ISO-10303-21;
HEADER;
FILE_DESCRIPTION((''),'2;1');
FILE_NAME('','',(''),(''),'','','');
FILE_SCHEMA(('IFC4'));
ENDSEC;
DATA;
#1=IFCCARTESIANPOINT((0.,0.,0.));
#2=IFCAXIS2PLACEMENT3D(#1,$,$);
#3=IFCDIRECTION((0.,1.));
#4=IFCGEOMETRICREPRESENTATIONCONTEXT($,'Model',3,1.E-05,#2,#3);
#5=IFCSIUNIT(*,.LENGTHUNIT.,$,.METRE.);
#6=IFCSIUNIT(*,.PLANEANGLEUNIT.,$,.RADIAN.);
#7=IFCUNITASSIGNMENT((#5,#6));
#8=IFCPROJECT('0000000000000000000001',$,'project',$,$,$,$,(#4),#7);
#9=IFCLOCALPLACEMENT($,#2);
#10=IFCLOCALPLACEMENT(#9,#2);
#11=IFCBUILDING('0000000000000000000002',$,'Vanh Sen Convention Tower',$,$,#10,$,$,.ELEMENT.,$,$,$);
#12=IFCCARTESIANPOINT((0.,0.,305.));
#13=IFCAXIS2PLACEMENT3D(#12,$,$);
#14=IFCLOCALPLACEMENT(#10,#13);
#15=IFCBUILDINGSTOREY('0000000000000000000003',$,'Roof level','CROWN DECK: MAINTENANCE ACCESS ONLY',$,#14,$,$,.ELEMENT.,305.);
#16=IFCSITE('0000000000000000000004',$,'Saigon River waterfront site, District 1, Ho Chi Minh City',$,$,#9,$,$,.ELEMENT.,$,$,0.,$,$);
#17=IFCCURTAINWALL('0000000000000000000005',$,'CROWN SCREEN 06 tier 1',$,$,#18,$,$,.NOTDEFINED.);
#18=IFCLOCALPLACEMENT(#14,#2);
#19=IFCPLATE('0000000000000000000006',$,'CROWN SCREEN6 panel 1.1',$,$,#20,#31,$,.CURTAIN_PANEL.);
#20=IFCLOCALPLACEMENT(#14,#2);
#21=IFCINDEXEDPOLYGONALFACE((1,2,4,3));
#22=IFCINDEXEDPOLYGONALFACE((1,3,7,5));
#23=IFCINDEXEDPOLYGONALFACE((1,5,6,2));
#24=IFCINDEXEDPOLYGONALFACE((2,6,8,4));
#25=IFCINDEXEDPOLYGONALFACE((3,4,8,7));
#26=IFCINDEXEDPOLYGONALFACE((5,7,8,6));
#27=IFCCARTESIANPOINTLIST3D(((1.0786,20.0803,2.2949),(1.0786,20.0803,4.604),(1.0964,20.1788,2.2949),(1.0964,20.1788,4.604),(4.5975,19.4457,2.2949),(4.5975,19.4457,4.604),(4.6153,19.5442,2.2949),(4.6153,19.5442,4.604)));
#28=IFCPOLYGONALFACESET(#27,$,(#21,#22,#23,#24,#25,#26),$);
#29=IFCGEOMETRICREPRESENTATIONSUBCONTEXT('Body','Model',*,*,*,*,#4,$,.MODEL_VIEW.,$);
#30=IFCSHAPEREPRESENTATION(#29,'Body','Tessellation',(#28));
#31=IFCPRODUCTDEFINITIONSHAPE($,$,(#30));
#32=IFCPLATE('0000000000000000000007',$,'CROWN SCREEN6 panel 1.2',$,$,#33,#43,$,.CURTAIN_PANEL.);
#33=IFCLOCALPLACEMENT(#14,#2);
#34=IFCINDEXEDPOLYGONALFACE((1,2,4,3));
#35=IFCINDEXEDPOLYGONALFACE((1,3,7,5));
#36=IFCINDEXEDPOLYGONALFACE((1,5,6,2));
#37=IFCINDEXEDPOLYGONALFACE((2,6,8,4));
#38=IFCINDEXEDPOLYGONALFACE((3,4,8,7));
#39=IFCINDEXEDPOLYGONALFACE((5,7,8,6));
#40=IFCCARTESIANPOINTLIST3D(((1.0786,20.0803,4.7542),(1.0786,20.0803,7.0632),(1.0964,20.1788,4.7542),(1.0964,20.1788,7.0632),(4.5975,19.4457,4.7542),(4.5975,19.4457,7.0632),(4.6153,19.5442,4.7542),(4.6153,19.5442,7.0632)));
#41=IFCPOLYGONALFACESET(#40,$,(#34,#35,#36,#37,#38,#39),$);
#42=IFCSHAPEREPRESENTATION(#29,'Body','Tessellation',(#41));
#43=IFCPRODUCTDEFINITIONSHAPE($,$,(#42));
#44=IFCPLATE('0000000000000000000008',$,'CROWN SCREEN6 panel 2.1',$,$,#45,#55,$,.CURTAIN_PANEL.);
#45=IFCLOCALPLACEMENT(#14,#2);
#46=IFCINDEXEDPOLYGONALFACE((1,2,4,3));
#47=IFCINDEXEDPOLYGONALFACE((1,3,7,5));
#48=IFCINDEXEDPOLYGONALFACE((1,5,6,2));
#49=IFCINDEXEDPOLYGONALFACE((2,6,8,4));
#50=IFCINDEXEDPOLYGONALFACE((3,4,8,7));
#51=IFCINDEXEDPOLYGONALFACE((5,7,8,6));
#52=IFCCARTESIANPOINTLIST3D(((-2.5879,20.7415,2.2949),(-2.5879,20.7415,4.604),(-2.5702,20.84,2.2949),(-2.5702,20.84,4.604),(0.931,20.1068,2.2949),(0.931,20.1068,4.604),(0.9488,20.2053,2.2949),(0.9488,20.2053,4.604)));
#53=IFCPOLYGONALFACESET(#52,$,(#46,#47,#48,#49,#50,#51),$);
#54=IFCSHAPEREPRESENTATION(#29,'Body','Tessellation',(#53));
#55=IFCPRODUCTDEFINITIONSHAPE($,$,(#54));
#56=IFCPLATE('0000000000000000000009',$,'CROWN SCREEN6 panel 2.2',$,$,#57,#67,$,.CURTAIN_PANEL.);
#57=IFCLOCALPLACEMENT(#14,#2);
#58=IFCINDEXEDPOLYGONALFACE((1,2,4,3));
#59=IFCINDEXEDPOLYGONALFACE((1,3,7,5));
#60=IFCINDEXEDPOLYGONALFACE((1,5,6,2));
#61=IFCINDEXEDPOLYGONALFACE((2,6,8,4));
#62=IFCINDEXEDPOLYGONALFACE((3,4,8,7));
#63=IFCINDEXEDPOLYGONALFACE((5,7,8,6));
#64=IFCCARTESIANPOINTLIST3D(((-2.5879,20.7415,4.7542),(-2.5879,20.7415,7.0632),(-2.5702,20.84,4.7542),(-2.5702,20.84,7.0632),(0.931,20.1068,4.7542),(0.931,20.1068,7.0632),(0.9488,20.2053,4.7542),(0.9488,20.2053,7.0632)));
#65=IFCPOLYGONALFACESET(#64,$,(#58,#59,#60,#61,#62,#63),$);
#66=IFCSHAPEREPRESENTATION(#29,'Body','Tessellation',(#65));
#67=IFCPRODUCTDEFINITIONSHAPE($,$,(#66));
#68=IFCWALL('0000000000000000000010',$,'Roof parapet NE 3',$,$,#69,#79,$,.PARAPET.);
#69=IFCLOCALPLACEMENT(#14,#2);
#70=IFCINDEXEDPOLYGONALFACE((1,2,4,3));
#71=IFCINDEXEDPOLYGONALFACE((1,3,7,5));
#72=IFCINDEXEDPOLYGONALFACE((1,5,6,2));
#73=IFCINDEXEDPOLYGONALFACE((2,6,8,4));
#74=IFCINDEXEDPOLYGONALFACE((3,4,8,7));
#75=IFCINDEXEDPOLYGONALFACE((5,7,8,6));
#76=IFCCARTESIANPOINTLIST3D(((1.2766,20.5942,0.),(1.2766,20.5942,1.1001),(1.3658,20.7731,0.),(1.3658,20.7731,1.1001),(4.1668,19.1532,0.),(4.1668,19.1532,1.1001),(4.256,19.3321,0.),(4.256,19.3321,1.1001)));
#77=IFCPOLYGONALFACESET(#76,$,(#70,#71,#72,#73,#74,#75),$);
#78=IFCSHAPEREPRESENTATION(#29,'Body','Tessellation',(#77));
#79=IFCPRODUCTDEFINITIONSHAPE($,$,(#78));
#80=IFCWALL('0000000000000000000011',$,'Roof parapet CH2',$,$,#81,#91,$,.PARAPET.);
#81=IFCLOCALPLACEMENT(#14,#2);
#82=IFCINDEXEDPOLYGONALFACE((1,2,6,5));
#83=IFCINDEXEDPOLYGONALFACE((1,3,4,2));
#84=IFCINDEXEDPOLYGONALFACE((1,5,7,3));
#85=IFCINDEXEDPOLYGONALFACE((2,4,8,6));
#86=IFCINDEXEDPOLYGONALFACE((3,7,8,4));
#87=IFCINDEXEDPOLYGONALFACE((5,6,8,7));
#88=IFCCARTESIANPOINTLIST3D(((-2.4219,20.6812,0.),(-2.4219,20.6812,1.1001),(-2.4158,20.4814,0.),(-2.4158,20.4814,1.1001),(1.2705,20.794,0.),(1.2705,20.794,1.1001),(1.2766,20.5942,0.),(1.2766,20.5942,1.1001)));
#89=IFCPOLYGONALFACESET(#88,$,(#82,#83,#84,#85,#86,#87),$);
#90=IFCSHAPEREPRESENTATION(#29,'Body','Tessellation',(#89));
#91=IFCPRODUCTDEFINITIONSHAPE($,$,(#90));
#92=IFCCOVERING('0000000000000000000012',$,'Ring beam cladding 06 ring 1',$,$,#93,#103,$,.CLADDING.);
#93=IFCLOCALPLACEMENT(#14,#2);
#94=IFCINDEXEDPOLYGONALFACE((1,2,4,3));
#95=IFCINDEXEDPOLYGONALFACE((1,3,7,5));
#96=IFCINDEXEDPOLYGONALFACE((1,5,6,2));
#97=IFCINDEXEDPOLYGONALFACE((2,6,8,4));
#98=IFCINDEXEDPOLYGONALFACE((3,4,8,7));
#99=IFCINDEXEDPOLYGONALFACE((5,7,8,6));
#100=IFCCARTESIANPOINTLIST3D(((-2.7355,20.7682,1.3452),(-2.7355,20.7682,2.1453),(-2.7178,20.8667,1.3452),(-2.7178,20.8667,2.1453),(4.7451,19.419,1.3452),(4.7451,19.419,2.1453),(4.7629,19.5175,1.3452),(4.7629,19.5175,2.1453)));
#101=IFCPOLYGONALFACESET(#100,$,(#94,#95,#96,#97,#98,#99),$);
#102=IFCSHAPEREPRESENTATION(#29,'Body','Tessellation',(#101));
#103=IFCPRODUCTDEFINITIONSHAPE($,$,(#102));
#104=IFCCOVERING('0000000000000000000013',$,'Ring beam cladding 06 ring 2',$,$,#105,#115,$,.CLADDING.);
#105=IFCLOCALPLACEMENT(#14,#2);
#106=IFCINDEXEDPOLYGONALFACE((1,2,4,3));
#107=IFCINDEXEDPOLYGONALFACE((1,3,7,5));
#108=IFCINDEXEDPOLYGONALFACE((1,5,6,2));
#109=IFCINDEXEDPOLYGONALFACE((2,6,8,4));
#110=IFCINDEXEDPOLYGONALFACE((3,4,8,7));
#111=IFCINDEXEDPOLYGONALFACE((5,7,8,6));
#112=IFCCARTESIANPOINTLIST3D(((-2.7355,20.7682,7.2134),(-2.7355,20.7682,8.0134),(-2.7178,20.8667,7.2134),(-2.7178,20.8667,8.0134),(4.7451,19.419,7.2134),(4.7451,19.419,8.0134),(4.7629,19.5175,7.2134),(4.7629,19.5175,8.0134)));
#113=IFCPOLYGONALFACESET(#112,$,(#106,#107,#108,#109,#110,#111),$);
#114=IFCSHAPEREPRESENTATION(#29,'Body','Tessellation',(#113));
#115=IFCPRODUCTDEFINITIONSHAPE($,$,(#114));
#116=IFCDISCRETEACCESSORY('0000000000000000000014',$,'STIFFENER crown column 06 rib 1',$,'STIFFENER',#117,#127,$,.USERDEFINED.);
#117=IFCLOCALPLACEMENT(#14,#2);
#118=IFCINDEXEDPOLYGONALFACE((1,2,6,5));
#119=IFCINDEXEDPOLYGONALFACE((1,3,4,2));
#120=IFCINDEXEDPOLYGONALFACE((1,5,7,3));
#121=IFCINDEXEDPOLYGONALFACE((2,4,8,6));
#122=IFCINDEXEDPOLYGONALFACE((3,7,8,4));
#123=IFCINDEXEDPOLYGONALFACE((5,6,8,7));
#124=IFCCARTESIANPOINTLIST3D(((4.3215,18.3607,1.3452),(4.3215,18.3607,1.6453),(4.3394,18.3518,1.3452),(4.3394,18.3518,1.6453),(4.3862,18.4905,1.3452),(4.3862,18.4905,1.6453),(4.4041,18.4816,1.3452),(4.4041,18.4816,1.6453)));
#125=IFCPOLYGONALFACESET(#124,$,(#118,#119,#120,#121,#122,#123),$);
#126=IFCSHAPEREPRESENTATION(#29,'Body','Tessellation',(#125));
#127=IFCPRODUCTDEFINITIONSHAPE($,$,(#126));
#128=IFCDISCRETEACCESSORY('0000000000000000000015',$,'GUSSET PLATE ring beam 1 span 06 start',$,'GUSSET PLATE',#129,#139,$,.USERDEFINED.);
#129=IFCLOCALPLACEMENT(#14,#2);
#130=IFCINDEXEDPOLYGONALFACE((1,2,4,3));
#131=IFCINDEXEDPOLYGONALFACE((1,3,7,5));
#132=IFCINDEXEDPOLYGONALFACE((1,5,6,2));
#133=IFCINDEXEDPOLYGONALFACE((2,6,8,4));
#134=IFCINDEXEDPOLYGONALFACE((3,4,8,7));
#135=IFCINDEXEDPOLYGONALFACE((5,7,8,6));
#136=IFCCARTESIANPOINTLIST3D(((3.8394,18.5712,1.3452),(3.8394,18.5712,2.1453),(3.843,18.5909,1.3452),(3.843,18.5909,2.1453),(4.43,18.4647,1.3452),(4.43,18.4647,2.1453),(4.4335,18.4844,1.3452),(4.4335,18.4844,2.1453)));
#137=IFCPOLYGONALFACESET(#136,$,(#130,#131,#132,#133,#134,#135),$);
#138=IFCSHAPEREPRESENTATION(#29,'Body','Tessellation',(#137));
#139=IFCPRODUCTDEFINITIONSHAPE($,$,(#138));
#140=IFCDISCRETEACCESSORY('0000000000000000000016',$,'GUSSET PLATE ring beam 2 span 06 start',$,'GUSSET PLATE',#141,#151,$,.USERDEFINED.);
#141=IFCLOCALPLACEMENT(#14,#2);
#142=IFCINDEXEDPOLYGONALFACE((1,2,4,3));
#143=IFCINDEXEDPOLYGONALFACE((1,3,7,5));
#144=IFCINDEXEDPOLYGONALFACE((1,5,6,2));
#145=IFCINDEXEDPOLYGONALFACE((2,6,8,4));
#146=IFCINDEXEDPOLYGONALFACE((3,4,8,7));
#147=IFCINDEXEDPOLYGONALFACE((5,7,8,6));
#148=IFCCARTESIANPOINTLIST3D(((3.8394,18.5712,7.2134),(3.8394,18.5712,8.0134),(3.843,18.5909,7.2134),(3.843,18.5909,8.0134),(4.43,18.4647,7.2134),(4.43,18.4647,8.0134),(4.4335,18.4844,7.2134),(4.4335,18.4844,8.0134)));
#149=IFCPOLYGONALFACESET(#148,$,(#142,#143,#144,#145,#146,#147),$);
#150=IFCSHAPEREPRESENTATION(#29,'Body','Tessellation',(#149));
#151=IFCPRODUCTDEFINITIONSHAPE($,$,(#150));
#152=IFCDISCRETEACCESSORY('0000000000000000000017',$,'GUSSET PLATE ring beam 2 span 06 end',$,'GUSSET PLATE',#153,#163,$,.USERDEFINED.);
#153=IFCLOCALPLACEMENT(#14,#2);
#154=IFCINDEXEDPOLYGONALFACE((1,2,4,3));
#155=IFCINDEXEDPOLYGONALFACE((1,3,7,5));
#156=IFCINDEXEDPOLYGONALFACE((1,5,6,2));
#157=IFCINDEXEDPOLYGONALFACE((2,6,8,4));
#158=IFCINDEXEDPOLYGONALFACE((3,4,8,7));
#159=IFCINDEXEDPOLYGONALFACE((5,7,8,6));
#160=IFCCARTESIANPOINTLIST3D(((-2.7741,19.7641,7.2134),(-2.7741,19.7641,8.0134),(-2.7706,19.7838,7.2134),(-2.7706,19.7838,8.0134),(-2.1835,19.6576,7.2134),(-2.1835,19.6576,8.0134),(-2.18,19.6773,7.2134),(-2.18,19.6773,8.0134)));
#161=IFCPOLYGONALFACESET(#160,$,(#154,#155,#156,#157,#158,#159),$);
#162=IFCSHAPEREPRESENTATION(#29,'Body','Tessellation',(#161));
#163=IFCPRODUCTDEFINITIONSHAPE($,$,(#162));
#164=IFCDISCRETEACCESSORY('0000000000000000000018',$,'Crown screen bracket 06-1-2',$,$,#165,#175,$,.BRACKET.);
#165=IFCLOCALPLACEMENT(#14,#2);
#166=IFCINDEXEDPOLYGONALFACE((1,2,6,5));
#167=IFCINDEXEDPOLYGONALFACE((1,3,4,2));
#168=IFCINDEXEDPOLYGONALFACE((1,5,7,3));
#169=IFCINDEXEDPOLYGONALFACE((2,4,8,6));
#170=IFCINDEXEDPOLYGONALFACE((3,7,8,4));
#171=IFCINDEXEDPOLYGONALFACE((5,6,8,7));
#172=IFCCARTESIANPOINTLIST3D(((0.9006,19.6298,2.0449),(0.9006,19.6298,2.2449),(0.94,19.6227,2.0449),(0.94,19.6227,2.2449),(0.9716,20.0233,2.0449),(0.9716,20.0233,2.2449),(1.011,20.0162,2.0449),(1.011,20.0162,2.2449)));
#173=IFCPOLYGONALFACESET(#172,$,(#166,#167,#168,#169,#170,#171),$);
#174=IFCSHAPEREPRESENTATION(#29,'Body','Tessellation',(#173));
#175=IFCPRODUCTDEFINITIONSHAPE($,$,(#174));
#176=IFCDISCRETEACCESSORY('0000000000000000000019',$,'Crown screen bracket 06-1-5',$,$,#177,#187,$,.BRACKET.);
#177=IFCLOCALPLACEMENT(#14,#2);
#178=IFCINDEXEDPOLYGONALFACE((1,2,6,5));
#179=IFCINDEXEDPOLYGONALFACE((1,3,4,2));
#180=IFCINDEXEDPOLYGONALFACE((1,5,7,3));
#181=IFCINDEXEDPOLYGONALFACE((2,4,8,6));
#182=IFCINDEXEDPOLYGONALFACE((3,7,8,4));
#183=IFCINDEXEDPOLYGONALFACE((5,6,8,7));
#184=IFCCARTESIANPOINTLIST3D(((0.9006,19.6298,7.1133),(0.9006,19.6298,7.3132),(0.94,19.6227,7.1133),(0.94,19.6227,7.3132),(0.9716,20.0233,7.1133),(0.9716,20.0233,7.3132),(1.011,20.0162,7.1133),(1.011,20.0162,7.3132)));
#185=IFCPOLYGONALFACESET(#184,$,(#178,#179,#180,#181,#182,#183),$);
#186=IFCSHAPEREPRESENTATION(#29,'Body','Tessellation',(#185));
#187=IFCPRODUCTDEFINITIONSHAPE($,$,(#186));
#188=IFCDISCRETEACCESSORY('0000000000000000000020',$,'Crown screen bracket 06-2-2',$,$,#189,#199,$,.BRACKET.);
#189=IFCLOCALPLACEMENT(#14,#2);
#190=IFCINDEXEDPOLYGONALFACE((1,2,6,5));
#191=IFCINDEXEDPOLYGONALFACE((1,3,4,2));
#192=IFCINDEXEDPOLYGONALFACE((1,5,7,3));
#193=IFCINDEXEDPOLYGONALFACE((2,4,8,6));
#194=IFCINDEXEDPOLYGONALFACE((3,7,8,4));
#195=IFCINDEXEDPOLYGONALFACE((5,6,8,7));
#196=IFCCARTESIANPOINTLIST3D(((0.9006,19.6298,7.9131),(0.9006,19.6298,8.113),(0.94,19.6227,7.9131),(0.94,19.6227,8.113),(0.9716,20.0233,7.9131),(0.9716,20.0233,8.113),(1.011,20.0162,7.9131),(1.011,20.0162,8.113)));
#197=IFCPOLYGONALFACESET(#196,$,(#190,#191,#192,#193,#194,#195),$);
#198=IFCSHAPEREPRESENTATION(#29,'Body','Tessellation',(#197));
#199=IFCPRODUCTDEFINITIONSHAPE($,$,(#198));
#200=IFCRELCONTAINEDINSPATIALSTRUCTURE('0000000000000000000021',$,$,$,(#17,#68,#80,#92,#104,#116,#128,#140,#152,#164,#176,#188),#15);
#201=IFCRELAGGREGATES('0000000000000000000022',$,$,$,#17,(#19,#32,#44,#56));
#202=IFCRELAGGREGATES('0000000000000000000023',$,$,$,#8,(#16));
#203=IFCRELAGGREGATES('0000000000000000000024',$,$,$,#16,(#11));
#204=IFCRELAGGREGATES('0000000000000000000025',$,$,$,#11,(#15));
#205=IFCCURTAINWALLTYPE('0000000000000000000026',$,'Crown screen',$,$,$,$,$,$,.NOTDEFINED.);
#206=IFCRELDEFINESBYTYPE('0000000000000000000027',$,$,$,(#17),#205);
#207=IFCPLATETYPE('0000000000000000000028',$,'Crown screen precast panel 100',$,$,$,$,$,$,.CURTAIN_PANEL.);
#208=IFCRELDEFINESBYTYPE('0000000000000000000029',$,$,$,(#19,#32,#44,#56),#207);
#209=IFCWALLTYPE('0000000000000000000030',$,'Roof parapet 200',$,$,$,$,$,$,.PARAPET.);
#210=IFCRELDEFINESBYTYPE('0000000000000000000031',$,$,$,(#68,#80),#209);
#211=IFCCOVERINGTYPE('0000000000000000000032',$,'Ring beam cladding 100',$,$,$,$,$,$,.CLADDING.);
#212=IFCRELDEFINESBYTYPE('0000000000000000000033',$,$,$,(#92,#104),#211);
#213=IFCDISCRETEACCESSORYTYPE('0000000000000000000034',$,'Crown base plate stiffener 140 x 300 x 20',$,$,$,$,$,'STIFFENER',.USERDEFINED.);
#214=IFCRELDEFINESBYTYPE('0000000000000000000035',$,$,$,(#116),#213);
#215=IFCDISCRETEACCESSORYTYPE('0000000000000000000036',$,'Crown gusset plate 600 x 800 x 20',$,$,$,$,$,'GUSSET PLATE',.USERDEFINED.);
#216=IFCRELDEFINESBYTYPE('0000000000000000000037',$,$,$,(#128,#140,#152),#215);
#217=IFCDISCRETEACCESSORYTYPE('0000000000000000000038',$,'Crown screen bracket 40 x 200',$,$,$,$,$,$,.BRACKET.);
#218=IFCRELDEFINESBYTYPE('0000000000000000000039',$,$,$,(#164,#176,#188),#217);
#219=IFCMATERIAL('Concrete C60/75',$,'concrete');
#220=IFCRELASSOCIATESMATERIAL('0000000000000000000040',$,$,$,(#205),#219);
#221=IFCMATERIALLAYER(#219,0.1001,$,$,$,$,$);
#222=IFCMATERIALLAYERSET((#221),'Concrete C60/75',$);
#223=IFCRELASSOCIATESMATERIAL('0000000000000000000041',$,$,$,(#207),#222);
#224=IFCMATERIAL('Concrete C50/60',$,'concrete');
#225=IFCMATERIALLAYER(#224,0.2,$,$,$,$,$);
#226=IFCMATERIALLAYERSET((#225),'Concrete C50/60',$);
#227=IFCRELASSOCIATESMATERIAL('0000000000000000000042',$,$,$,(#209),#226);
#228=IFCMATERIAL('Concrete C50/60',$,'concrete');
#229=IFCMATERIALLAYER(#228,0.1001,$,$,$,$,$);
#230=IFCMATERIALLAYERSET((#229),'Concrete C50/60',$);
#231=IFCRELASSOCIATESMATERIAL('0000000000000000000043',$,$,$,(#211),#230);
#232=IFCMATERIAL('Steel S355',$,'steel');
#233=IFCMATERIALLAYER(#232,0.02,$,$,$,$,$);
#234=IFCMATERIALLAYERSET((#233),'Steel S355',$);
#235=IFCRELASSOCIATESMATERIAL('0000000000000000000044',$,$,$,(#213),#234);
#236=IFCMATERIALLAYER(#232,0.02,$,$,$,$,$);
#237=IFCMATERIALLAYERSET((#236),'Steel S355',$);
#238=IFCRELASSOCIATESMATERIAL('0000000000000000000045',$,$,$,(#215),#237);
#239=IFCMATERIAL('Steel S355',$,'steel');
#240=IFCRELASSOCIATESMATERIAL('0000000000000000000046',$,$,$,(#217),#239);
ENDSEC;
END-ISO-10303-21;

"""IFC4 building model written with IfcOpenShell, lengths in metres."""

from ifc_helpers import new_model, si_unit, direction, frame, frame_2d, origin, origin_2d, place, context, subcontext, project, spatial, rectangle, extrude, material, layer, layer_set, type_object, element, aggregate, save


model = new_model("IFC4")

# Units and contexts
model_context = context("Model", 3, precision=1e-05, world=origin(), true_north=direction((0.0, 1.0)))
body_context = subcontext(model_context, "Body", "Model", "MODEL_VIEW")
ifc_project = project(units=[si_unit("LENGTHUNIT", "METRE"), si_unit("PLANEANGLEUNIT", "RADIAN")], contexts=[model_context])

# Site, building, storey
site_placement = place(None, origin())
site = spatial("IfcSite", under=ifc_project, at=site_placement, Name="Saigon River waterfront site, District 1, Ho Chi Minh City", CompositionType="ELEMENT", RefElevation=0.0)
building_placement = place(site_placement, origin())
building = spatial("IfcBuilding", under=site, at=building_placement, Name="Vanh Sen Convention Tower", CompositionType="ELEMENT")
storey_placement = place(building_placement, frame((0.0, 0.0, 305.0)))
storey = spatial("IfcBuildingStorey", under=building, at=storey_placement, Name="Roof level", Description="CROWN DECK: MAINTENANCE ACCESS ONLY", CompositionType="ELEMENT", Elevation=305.0)

# Curtain wall
ifc_material_1 = material(Name="Concrete C60/75", Category="concrete")
curtain_wall_type = type_object("IfcCurtainWallType", Name="Crown screen", PredefinedType="NOTDEFINED", material=ifc_material_1)
curtain_wall_1_placement = place(storey_placement, origin())
curtain_wall_1 = element("IfcCurtainWall", 1, at=curtain_wall_1_placement, inside=storey, type_object=curtain_wall_type, Name="CROWN SCREEN 06 tier 1", PredefinedType="NOTDEFINED")

# Plates
ifc_layer_1 = layer(ifc_material_1, 0.1001)
ifc_layer_set_1 = layer_set([ifc_layer_1], Name="Concrete C60/75")
plate_type = type_object("IfcPlateType", Name="Crown screen precast panel 100", PredefinedType="CURTAIN_PANEL", material=ifc_layer_set_1)
plate_1_placement = place(storey_placement, frame((2.8469, 19.8123, 2.2949), z_axis=(0.0, 0.0, 1.0), x_axis=(-0.984122, 0.177496, 0.0)))
plate_1 = element("IfcPlate", 2, at=plate_1_placement, type_object=plate_type, Name="CROWN SCREEN6 panel 1.1", PredefinedType="CURTAIN_PANEL", context=body_context, shape_type="SweptSolid", body=[
    extrude(rectangle(XDim=3.5757, YDim=0.1001, at=origin_2d()), origin(), (0.0, 0.0, 1.0), 2.3091),
])
plate_2_placement = place(storey_placement, frame((2.8469, 19.8123, 4.7542), z_axis=(0.0, 0.0, 1.0), x_axis=(-0.984122, 0.177496, 0.0)))
plate_2 = element("IfcPlate", 3, at=plate_2_placement, type_object=plate_type, Name="CROWN SCREEN6 panel 1.2", PredefinedType="CURTAIN_PANEL", context=body_context, shape_type="SweptSolid", body=[
    extrude(rectangle(XDim=3.5757, YDim=0.1001, at=origin_2d()), origin(), (0.0, 0.0, 1.0), 2.3091),
])
plate_3_placement = place(storey_placement, frame((-0.8196, 20.4734, 2.2949), z_axis=(0.0, 0.0, 1.0), x_axis=(-0.984122, 0.177496, 0.0)))
plate_3 = element("IfcPlate", 4, at=plate_3_placement, type_object=plate_type, Name="CROWN SCREEN6 panel 2.1", PredefinedType="CURTAIN_PANEL", context=body_context, shape_type="SweptSolid", body=[
    extrude(rectangle(XDim=3.5757, YDim=0.1001, at=origin_2d()), origin(), (0.0, 0.0, 1.0), 2.3091),
])
plate_4_placement = place(storey_placement, frame((-0.8196, 20.4734, 4.7542), z_axis=(0.0, 0.0, 1.0), x_axis=(-0.984122, 0.177496, 0.0)))
plate_4 = element("IfcPlate", 5, at=plate_4_placement, type_object=plate_type, Name="CROWN SCREEN6 panel 2.2", PredefinedType="CURTAIN_PANEL", context=body_context, shape_type="SweptSolid", body=[
    extrude(rectangle(XDim=3.5757, YDim=0.1001, at=origin_2d()), origin(), (0.0, 0.0, 1.0), 2.3091),
])
aggregate(curtain_wall_1, [plate_1, plate_2, plate_3, plate_4])

# Walls
ifc_material_2 = material(Name="Concrete C50/60", Category="concrete")
ifc_layer_2 = layer(ifc_material_2, 0.2)
ifc_layer_set_2 = layer_set([ifc_layer_2], Name="Concrete C50/60")
wall_type = type_object("IfcWallType", Name="Roof parapet 200", PredefinedType="PARAPET", material=ifc_layer_set_2)
wall_1_placement = place(storey_placement, frame((4.2114, 19.2427, 0.0), z_axis=(0.0, 0.0, 1.0), x_axis=(-0.894941, 0.446185, 0.0)))
element("IfcWall", 6, at=wall_1_placement, inside=storey, type_object=wall_type, Name="Roof parapet NE 3", PredefinedType="PARAPET", context=body_context, shape_type="SweptSolid", body=[
    extrude(rectangle(XDim=3.2295, YDim=0.2, at=frame_2d((1.6147, 0.0))), origin(), (0.0, 0.0, 1.0), 1.1001),
])
wall_2_placement = place(storey_placement, frame((1.2737, 20.6941, 0.0), z_axis=(0.0, 0.0, 1.0), x_axis=(-0.999534, -0.030533, 0.0)))
element("IfcWall", 7, at=wall_2_placement, inside=storey, type_object=wall_type, Name="Roof parapet CH2", PredefinedType="PARAPET", context=body_context, shape_type="SweptSolid", body=[
    extrude(rectangle(XDim=3.6941, YDim=0.2, at=frame_2d((1.8472, 0.0))), origin(), (0.0, 0.0, 1.0), 1.1001),
])

# Coverings
ifc_material_3 = material(Name="Concrete C50/60", Category="concrete")
ifc_layer_3 = layer(ifc_material_3, 0.1001)
ifc_layer_set_3 = layer_set([ifc_layer_3], Name="Concrete C50/60")
covering_type = type_object("IfcCoveringType", Name="Ring beam cladding 100", PredefinedType="CLADDING", material=ifc_layer_set_3)
for number, where, z_axis, x_axis, name in (
    (8, (1.0137, 20.1428, 1.3452), (0.0, 0.0, 1.0), (-0.984122, 0.177495, 0.0), "Ring beam cladding 06 ring 1"),
    (9, (1.0137, 20.1428, 7.2134), (0.0, 0.0, 1.0), (-0.984122, 0.177495, 0.0), "Ring beam cladding 06 ring 2"),
):
    element("IfcCovering", number, at=place(storey_placement, frame(where, z_axis=z_axis, x_axis=x_axis)), inside=storey, type_object=covering_type, Name=name, PredefinedType="CLADDING", context=body_context, shape_type="SweptSolid", body=[
        extrude(rectangle(XDim=7.6013, YDim=0.1001, at=origin_2d()), origin(), (0.0, 0.0, 1.0), 0.8),
    ])

# Discrete accessories
ifc_material_4 = material(Name="Steel S355", Category="steel")
ifc_layer_4 = layer(ifc_material_4, 0.02)
ifc_layer_set_4 = layer_set([ifc_layer_4], Name="Steel S355")
discrete_accessory_type_1 = type_object("IfcDiscreteAccessoryType", Name="Crown base plate stiffener 140 x 300 x 20", ElementType="STIFFENER", PredefinedType="USERDEFINED", material=ifc_layer_set_4)
discrete_accessory_placement = place(storey_placement, frame((4.3628, 18.4211, 1.3452), z_axis=(0.0, 0.0, 1.0), x_axis=(-0.446198, -0.894934, 0.0)))
element("IfcDiscreteAccessory", 10, at=discrete_accessory_placement, inside=storey, type_object=discrete_accessory_type_1, Name="STIFFENER crown column 06 rib 1", ObjectType="STIFFENER", PredefinedType="USERDEFINED", context=body_context, shape_type="SweptSolid", body=[
    extrude(rectangle(XDim=0.145, YDim=0.02, at=origin_2d()), origin(), (0.0, 0.0, 1.0), 0.3),
])
ifc_layer_5 = layer(ifc_material_4, 0.02)
ifc_layer_set_5 = layer_set([ifc_layer_5], Name="Steel S355")
discrete_accessory_type_2 = type_object("IfcDiscreteAccessoryType", Name="Crown gusset plate 600 x 800 x 20", ElementType="GUSSET PLATE", PredefinedType="USERDEFINED", material=ifc_layer_set_5)
for number, where, z_axis, x_axis, name in (
    (11, (4.1365, 18.5278, 1.3452), (0.0, 0.0, 1.0), (-0.984122, 0.177495, 0.0), "GUSSET PLATE ring beam 1 span 06 start"),
    (12, (4.1365, 18.5278, 7.2134), (0.0, 0.0, 1.0), (-0.984122, 0.177495, 0.0), "GUSSET PLATE ring beam 2 span 06 start"),
    (13, (-2.4771, 19.7207, 7.2134), (0.0, 0.0, 1.0), (0.984122, -0.177495, 0.0), "GUSSET PLATE ring beam 2 span 06 end"),
):
    element("IfcDiscreteAccessory", number, at=place(storey_placement, frame(where, z_axis=z_axis, x_axis=x_axis)), inside=storey, type_object=discrete_accessory_type_2, Name=name, ObjectType="GUSSET PLATE", PredefinedType="USERDEFINED", context=body_context, shape_type="SweptSolid", body=[
        extrude(rectangle(XDim=0.6001, YDim=0.02, at=origin_2d()), origin(), (0.0, 0.0, 1.0), 0.8),
    ])
ifc_material_5 = material(Name="Steel S355", Category="steel")
discrete_accessory_type_3 = type_object("IfcDiscreteAccessoryType", Name="Crown screen bracket 40 x 200", PredefinedType="BRACKET", material=ifc_material_5)
for number, where, z_axis, x_axis, name in (
    (14, (0.9558, 19.823, 2.0449), (0.0, 0.0, 1.0), (0.177495, 0.984122, 0.0), "Crown screen bracket 06-1-2"),
    (15, (0.9558, 19.823, 7.1133), (0.0, 0.0, 1.0), (0.177495, 0.984122, 0.0), "Crown screen bracket 06-1-5"),
    (16, (0.9558, 19.823, 7.9131), (0.0, 0.0, 1.0), (0.177495, 0.984122, 0.0), "Crown screen bracket 06-2-2"),
):
    element("IfcDiscreteAccessory", number, at=place(storey_placement, frame(where, z_axis=z_axis, x_axis=x_axis)), inside=storey, type_object=discrete_accessory_type_3, Name=name, PredefinedType="BRACKET", context=body_context, shape_type="SweptSolid", body=[
        extrude(rectangle(XDim=0.3999, YDim=0.04, at=origin_2d()), origin(), (0.0, 0.0, 1.0), 0.2),
    ])

save(model, "model.ifc")
